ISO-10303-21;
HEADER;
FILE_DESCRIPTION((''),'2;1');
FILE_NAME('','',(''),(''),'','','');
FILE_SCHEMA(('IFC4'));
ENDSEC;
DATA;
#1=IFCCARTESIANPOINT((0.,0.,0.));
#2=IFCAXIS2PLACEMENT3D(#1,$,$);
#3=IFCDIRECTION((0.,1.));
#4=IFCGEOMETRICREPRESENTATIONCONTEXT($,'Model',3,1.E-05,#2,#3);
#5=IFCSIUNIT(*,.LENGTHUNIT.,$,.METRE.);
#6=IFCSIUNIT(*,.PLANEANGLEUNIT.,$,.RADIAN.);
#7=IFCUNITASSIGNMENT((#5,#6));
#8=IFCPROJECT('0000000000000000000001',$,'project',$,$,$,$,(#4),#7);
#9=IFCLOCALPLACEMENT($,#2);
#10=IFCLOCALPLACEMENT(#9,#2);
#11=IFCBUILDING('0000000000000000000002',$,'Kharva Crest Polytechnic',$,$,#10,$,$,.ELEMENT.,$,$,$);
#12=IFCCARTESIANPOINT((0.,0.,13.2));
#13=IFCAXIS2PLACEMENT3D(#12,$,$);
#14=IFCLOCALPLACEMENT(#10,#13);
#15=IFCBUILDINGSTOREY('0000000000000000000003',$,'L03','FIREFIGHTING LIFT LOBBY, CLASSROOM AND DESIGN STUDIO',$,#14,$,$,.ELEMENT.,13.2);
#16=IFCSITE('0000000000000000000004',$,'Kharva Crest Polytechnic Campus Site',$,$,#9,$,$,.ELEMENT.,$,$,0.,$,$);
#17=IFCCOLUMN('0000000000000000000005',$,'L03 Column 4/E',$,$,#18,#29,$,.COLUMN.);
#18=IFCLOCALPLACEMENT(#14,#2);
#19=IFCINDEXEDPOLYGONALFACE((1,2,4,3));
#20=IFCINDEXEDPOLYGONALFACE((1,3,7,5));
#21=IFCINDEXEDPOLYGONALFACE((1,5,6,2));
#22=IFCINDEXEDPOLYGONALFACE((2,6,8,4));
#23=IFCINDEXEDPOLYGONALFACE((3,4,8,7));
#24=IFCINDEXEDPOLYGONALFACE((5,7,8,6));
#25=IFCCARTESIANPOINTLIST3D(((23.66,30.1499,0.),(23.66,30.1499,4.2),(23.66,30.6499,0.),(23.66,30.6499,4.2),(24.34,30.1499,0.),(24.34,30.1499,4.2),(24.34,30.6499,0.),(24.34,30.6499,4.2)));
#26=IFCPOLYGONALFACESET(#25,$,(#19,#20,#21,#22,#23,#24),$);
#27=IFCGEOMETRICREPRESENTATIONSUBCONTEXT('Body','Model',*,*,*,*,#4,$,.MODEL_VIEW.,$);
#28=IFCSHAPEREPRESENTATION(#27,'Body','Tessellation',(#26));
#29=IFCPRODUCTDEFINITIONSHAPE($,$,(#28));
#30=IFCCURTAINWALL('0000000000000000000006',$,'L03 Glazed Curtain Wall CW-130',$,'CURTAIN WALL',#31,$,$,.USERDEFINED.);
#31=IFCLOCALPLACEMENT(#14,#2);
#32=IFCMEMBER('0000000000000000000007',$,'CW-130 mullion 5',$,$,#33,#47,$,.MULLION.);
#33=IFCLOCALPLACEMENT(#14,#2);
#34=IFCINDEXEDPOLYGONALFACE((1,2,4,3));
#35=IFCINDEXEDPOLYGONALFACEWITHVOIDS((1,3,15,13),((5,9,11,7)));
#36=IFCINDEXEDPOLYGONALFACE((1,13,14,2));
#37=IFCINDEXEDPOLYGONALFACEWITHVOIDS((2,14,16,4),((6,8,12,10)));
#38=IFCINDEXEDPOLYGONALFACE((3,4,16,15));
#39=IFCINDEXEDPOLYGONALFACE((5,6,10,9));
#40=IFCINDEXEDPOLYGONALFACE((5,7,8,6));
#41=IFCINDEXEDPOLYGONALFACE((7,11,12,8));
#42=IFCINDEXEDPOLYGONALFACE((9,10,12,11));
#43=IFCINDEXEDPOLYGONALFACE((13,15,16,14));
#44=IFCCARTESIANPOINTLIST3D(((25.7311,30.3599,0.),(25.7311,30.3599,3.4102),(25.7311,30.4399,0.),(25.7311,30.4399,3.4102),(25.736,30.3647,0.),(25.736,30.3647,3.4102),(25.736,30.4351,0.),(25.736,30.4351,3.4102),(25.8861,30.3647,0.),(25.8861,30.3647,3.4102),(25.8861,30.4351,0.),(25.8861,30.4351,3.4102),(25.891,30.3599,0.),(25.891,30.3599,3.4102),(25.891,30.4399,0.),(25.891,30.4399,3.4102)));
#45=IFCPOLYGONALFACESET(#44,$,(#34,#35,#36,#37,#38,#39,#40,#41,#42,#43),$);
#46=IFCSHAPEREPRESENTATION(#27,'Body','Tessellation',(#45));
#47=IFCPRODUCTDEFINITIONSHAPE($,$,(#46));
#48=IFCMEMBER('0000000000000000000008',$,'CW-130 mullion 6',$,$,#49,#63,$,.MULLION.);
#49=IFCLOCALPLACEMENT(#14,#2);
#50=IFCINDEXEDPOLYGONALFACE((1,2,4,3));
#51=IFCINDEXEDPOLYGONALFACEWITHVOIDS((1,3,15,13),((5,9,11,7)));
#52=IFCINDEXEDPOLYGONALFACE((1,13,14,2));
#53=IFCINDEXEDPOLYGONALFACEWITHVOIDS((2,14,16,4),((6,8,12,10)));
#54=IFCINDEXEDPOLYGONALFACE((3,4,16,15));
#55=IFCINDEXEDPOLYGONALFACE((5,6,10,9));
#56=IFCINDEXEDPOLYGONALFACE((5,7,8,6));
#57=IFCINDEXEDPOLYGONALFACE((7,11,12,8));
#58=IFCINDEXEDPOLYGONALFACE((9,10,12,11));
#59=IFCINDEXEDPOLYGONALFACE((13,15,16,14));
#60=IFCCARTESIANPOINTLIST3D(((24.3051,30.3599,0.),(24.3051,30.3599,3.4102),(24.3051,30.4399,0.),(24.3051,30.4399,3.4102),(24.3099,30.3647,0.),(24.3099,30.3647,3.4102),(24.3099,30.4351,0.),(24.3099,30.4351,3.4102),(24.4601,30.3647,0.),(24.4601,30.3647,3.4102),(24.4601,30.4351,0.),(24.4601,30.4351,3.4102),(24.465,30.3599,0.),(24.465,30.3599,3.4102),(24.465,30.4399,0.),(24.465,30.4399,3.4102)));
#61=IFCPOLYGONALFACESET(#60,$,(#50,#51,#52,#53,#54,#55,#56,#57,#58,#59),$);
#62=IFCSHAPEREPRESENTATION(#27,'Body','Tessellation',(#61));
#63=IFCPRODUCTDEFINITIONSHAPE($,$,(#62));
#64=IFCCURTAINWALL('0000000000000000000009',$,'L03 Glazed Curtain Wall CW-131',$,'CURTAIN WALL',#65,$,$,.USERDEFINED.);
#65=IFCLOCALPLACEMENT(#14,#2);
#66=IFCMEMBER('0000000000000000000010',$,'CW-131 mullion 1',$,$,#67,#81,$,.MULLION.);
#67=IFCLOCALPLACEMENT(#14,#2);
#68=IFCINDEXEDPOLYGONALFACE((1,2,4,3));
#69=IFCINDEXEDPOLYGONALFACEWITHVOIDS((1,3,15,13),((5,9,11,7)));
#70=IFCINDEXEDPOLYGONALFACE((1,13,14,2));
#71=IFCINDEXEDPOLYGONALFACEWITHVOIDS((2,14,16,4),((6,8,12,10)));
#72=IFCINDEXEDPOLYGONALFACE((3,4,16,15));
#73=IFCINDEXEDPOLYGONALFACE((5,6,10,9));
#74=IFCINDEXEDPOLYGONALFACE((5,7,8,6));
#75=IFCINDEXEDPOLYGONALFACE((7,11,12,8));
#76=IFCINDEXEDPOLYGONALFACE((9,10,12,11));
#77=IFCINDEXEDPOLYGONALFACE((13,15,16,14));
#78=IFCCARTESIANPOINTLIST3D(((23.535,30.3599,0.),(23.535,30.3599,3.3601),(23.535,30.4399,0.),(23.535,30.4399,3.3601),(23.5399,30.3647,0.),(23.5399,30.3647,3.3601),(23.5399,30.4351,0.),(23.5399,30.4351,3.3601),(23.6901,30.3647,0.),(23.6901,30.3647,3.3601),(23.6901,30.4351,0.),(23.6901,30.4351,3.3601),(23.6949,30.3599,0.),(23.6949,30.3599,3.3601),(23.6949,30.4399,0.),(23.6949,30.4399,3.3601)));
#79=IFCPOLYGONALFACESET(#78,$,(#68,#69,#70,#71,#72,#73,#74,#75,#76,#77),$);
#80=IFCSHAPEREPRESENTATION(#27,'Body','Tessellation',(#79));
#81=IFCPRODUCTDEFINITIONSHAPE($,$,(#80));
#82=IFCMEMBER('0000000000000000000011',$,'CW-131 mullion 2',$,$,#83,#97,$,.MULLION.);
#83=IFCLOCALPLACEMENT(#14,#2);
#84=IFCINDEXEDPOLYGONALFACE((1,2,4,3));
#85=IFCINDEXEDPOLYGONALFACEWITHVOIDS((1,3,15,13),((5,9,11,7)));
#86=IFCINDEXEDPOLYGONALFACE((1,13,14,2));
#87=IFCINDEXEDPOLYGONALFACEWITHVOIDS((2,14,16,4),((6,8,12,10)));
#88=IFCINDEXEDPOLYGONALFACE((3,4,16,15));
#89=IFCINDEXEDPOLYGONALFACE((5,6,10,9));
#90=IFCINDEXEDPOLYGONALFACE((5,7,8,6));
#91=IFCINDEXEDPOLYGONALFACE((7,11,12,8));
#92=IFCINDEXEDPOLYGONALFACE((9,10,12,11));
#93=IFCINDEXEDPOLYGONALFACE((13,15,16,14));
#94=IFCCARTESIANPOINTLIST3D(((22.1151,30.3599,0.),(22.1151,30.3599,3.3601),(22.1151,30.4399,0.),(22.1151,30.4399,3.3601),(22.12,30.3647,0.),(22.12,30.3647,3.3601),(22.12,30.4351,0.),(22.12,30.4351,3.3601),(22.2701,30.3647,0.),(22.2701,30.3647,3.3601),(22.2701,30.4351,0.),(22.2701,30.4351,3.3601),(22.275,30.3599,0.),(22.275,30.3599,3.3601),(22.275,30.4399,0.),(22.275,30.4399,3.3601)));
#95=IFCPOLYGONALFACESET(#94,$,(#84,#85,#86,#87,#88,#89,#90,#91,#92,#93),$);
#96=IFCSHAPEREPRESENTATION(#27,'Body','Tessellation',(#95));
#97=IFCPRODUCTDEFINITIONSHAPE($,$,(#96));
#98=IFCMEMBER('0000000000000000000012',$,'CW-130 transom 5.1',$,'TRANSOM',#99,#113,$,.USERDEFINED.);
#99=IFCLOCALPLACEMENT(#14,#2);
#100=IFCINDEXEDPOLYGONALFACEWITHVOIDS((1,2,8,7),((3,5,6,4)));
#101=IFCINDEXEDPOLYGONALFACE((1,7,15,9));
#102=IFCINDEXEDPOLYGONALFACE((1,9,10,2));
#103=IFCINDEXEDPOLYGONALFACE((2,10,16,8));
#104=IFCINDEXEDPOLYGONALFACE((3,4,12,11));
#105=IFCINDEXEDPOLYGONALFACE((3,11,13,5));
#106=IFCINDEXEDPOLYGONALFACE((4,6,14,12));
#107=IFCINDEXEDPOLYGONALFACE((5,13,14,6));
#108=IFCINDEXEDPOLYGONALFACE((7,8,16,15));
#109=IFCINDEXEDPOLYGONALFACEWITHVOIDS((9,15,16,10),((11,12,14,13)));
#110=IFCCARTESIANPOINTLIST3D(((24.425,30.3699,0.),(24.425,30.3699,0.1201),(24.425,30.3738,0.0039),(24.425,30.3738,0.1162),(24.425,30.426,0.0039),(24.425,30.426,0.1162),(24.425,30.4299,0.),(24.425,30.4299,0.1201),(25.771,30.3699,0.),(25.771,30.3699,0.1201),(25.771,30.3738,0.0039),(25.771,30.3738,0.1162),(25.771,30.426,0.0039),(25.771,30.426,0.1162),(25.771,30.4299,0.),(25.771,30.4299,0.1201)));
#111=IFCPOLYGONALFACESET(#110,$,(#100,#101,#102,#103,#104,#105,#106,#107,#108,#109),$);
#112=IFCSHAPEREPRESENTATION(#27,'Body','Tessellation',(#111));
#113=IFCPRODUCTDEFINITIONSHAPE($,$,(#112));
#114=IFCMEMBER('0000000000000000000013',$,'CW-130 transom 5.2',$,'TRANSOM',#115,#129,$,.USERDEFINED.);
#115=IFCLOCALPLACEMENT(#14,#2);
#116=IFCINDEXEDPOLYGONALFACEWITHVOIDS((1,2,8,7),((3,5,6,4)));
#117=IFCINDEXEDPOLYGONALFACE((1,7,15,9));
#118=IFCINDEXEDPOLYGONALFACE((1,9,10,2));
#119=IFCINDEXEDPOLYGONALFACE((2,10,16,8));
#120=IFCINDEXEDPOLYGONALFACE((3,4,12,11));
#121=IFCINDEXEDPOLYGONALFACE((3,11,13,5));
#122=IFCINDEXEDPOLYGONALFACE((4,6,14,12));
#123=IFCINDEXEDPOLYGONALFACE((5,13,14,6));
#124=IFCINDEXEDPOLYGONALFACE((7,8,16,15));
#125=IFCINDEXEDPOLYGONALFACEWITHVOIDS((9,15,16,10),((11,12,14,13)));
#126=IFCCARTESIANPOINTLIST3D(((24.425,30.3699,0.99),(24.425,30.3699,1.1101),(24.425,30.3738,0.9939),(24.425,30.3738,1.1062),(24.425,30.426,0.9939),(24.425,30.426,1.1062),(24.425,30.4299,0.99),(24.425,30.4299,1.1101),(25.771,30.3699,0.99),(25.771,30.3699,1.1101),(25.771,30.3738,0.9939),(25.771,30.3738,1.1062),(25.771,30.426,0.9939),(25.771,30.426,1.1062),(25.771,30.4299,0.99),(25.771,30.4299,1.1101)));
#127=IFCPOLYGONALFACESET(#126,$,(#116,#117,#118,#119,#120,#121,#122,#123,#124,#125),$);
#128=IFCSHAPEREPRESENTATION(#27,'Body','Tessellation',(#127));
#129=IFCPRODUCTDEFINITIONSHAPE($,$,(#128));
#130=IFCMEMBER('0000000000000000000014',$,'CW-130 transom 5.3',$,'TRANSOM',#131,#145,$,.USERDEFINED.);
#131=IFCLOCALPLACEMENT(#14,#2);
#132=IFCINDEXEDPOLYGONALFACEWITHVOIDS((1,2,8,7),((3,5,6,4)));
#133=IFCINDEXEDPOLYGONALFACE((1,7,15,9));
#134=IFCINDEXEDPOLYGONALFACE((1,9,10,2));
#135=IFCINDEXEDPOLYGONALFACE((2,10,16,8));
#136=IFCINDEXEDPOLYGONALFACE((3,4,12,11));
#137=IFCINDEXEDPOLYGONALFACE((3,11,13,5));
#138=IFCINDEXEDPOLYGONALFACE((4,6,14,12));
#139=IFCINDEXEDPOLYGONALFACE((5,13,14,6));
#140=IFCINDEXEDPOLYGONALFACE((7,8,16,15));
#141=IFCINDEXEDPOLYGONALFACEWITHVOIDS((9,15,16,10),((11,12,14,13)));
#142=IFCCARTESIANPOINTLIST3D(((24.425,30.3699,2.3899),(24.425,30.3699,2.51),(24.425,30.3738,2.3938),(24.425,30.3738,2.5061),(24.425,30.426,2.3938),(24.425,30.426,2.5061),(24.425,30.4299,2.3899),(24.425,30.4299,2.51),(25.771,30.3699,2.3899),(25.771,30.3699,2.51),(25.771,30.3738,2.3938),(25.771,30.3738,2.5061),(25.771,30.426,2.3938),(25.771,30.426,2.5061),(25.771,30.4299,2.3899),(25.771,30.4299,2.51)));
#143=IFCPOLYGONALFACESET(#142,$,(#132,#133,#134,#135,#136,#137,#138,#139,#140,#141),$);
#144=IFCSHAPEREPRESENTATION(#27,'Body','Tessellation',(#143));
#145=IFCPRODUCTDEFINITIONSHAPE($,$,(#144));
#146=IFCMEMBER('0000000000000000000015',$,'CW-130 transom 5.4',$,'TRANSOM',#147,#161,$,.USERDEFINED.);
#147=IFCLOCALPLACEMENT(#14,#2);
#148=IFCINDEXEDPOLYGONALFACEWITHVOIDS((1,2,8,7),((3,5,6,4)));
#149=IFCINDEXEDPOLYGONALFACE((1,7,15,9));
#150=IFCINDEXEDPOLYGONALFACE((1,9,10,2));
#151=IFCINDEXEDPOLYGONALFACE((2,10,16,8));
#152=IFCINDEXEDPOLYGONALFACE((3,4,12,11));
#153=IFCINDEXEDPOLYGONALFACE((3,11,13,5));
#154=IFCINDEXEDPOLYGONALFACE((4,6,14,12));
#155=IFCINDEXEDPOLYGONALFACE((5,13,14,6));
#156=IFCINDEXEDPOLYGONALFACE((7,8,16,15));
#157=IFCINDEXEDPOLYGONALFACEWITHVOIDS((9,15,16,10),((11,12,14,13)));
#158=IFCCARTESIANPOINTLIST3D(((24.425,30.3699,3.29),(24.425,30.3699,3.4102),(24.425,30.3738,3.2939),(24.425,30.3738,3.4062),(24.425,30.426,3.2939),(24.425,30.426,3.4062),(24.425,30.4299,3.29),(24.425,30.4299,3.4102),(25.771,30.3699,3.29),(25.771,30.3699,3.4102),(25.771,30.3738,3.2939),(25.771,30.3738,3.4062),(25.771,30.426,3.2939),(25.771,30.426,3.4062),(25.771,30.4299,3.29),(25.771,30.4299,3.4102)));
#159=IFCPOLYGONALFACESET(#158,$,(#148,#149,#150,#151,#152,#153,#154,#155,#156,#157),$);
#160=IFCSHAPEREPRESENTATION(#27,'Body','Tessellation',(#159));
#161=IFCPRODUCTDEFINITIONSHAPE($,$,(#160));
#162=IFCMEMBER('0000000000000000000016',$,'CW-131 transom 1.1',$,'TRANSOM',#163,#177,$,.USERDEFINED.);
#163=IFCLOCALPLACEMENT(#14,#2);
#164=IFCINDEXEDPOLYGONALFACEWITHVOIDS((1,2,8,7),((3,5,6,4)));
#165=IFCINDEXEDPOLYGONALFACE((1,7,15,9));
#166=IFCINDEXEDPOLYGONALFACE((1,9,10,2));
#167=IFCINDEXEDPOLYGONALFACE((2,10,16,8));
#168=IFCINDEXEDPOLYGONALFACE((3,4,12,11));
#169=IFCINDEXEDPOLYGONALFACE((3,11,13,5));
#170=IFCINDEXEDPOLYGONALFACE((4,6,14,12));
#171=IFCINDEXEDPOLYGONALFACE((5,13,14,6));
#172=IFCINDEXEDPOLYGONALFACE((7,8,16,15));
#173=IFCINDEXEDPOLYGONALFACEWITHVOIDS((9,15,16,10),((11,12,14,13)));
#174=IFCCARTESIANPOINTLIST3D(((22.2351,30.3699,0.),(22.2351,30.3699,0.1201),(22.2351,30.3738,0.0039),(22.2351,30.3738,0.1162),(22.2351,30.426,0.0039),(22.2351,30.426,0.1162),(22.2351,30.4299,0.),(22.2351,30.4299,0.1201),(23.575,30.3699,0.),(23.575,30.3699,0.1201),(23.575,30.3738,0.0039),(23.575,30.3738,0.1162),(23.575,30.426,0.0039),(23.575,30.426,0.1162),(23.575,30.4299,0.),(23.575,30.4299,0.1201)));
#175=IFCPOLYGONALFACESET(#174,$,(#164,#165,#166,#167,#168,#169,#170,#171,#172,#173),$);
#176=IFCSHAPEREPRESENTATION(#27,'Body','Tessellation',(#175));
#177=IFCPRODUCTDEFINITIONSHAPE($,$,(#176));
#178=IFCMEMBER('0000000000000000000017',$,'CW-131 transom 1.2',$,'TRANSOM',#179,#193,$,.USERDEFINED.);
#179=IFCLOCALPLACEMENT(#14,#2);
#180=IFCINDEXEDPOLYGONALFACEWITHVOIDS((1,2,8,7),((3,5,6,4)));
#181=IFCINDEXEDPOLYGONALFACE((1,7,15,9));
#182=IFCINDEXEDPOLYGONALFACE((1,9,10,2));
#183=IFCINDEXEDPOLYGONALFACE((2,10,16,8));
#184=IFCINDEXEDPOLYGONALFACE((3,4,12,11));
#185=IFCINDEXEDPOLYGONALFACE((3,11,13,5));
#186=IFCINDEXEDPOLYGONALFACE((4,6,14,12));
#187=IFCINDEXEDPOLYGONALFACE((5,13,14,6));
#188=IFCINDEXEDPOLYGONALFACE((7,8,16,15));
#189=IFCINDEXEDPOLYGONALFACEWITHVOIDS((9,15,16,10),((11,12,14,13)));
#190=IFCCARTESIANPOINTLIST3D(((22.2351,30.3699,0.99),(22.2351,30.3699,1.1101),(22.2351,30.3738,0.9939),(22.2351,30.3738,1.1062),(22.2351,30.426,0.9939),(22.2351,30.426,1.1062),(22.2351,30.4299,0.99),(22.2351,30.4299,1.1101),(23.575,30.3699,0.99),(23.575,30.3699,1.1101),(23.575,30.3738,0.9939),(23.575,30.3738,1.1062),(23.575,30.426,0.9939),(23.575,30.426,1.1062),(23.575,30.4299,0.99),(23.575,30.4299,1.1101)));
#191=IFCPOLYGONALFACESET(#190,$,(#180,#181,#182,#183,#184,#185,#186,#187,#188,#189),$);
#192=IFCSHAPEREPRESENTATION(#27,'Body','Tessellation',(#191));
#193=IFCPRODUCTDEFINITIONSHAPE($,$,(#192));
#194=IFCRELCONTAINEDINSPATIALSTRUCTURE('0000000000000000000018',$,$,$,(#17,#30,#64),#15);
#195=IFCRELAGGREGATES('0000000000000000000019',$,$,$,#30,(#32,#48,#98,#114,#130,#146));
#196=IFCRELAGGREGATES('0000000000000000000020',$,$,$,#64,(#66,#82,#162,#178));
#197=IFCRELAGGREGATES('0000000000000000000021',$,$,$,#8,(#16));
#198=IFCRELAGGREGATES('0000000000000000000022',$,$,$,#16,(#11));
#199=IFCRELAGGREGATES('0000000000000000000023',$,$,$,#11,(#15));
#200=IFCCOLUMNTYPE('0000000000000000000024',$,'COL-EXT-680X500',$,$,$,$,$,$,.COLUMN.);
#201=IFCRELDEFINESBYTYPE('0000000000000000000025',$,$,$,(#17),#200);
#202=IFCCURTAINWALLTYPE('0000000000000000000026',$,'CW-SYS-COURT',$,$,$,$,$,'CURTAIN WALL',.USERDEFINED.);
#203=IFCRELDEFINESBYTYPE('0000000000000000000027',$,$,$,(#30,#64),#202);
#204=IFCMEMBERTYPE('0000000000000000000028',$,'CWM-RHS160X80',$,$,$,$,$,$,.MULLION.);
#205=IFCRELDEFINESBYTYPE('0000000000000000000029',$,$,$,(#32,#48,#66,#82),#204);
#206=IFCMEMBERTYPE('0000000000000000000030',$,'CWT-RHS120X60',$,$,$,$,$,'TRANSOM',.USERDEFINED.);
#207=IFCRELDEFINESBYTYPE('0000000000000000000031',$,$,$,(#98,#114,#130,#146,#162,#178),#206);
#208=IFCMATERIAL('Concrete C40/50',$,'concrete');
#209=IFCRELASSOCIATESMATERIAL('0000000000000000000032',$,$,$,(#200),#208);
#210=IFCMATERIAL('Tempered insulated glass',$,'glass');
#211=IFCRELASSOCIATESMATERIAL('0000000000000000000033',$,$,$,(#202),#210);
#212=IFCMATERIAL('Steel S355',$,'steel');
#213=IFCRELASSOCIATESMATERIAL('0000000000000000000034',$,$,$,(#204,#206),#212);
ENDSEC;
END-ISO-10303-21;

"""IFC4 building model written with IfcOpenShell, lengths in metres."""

from ifc_helpers import new_model, si_unit, direction, frame, origin, origin_2d, place, context, subcontext, project, spatial, rectangle, hollow_rectangle, extrude, material, material_profile, profile_set, type_object, element, aggregate, save


model = new_model("IFC4")

# Units and contexts
model_context = context("Model", 3, precision=1e-05, world=origin(), true_north=direction((0.0, 1.0)))
body_context = subcontext(model_context, "Body", "Model", "MODEL_VIEW")
ifc_project = project(units=[si_unit("LENGTHUNIT", "METRE"), si_unit("PLANEANGLEUNIT", "RADIAN")], contexts=[model_context])

# Site, building, storey
site_placement = place(None, origin())
site = spatial("IfcSite", under=ifc_project, at=site_placement, Name="Kharva Crest Polytechnic Campus Site", CompositionType="ELEMENT", RefElevation=0.0)
building_placement = place(site_placement, origin())
building = spatial("IfcBuilding", under=site, at=building_placement, Name="Kharva Crest Polytechnic", CompositionType="ELEMENT")
storey_placement = place(building_placement, frame((0.0, 0.0, 13.2)))
storey = spatial("IfcBuildingStorey", under=building, at=storey_placement, Name="L03", Description="FIREFIGHTING LIFT LOBBY, CLASSROOM AND DESIGN STUDIO", CompositionType="ELEMENT", Elevation=13.2)

# Column
ifc_material_1 = material(Name="Concrete C40/50", Category="concrete")
ifc_material_profile_1 = material_profile(ifc_material_1, rectangle(XDim=0.6799, YDim=0.5, at=origin_2d()), Name="RECT 680 X 500")
ifc_profile_set_1 = profile_set([ifc_material_profile_1], Name="Concrete C40/50")
column_type = type_object("IfcColumnType", Name="COL-EXT-680X500", PredefinedType="COLUMN", material=ifc_profile_set_1)
column_placement = place(storey_placement, frame((24.0, 30.3999, 0.0), z_axis=(0.0, 0.0, 1.0), x_axis=(1.0, 0.0, 0.0)))
element("IfcColumn", 1, at=column_placement, inside=storey, type_object=column_type, Name="L03 Column 4/E", PredefinedType="COLUMN", context=body_context, shape_type="SweptSolid", body=[
    extrude(rectangle(XDim=0.6799, YDim=0.5, at=origin_2d()), origin(), (0.0, 0.0, 1.0), 4.2),
])

# Curtain walls, members
ifc_material_2 = material(Name="Tempered insulated glass", Category="glass")
curtain_wall_type = type_object("IfcCurtainWallType", Name="CW-SYS-COURT", ElementType="CURTAIN WALL", PredefinedType="USERDEFINED", material=ifc_material_2)
curtain_wall_1_placement = place(storey_placement, origin())
curtain_wall_1 = element("IfcCurtainWall", 2, at=curtain_wall_1_placement, inside=storey, type_object=curtain_wall_type, Name="L03 Glazed Curtain Wall CW-130", ObjectType="CURTAIN WALL", PredefinedType="USERDEFINED")
ifc_material_3 = material(Name="Steel S355", Category="steel")
ifc_material_profile_2 = material_profile(ifc_material_3, hollow_rectangle(XDim=0.0801, YDim=0.1599, WallThickness=0.0049, at=origin_2d()), Name="RHS 160X80X5.0")
ifc_profile_set_2 = profile_set([ifc_material_profile_2], Name="Steel S355")
member_type_1 = type_object("IfcMemberType", Name="CWM-RHS160X80", PredefinedType="MULLION", material=ifc_profile_set_2)
member_1_placement = place(storey_placement, frame((25.811, 30.3999, 0.0), z_axis=(0.0, 0.0, 1.0), x_axis=(0.0, -1.0, 0.0)))
member_1 = element("IfcMember", 3, at=member_1_placement, type_object=member_type_1, Name="CW-130 mullion 5", PredefinedType="MULLION", context=body_context, shape_type="SweptSolid", body=[
    extrude(hollow_rectangle(XDim=0.0801, YDim=0.1599, WallThickness=0.0049, at=origin_2d()), origin(), (0.0, 0.0, 1.0), 3.4102),
])
member_2_placement = place(storey_placement, frame((24.385, 30.3999, 0.0), z_axis=(0.0, 0.0, 1.0), x_axis=(0.0, -1.0, 0.0)))
member_2 = element("IfcMember", 4, at=member_2_placement, type_object=member_type_1, Name="CW-130 mullion 6", PredefinedType="MULLION", context=body_context, shape_type="SweptSolid", body=[
    extrude(hollow_rectangle(XDim=0.0801, YDim=0.1599, WallThickness=0.0049, at=origin_2d()), origin(), (0.0, 0.0, 1.0), 3.4102),
])
curtain_wall_2_placement = place(storey_placement, origin())
curtain_wall_2 = element("IfcCurtainWall", 5, at=curtain_wall_2_placement, inside=storey, type_object=curtain_wall_type, Name="L03 Glazed Curtain Wall CW-131", ObjectType="CURTAIN WALL", PredefinedType="USERDEFINED")
member_3_placement = place(storey_placement, frame((23.615, 30.3999, 0.0), z_axis=(0.0, 0.0, 1.0), x_axis=(0.0, -1.0, 0.0)))
member_3 = element("IfcMember", 6, at=member_3_placement, type_object=member_type_1, Name="CW-131 mullion 1", PredefinedType="MULLION", context=body_context, shape_type="SweptSolid", body=[
    extrude(hollow_rectangle(XDim=0.0801, YDim=0.1599, WallThickness=0.0049, at=origin_2d()), origin(), (0.0, 0.0, 1.0), 3.3601),
])
member_4_placement = place(storey_placement, frame((22.1951, 30.3999, 0.0), z_axis=(0.0, 0.0, 1.0), x_axis=(0.0, -1.0, 0.0)))
member_4 = element("IfcMember", 7, at=member_4_placement, type_object=member_type_1, Name="CW-131 mullion 2", PredefinedType="MULLION", context=body_context, shape_type="SweptSolid", body=[
    extrude(hollow_rectangle(XDim=0.0801, YDim=0.1599, WallThickness=0.0049, at=origin_2d()), origin(), (0.0, 0.0, 1.0), 3.3601),
])

# Members
ifc_material_profile_3 = material_profile(ifc_material_3, hollow_rectangle(XDim=0.0601, YDim=0.1201, WallThickness=0.0039, at=origin_2d()), Name="RHS 120X60X4.0")
ifc_profile_set_3 = profile_set([ifc_material_profile_3], Name="Steel S355")
member_type_2 = type_object("IfcMemberType", Name="CWT-RHS120X60", ElementType="TRANSOM", PredefinedType="USERDEFINED", material=ifc_profile_set_3)
member_5_placement = place(storey_placement, frame((25.771, 30.3999, 0.0601), z_axis=(-1.0, 0.0, 0.0), x_axis=(0.0, -1.0, 0.0)))
member_5 = element("IfcMember", 8, at=member_5_placement, type_object=member_type_2, Name="CW-130 transom 5.1", ObjectType="TRANSOM", PredefinedType="USERDEFINED", context=body_context, shape_type="SweptSolid", body=[
    extrude(hollow_rectangle(XDim=0.0601, YDim=0.1201, WallThickness=0.0039, at=origin_2d()), origin(), (0.0, 0.0, 1.0), 1.3459),
])
member_6_placement = place(storey_placement, frame((25.771, 30.3999, 1.05), z_axis=(-1.0, 0.0, 0.0), x_axis=(0.0, -1.0, 0.0)))
member_6 = element("IfcMember", 9, at=member_6_placement, type_object=member_type_2, Name="CW-130 transom 5.2", ObjectType="TRANSOM", PredefinedType="USERDEFINED", context=body_context, shape_type="SweptSolid", body=[
    extrude(hollow_rectangle(XDim=0.0601, YDim=0.1201, WallThickness=0.0039, at=origin_2d()), origin(), (0.0, 0.0, 1.0), 1.3459),
])
member_7_placement = place(storey_placement, frame((25.771, 30.3999, 2.45), z_axis=(-1.0, 0.0, 0.0), x_axis=(0.0, -1.0, 0.0)))
member_7 = element("IfcMember", 10, at=member_7_placement, type_object=member_type_2, Name="CW-130 transom 5.3", ObjectType="TRANSOM", PredefinedType="USERDEFINED", context=body_context, shape_type="SweptSolid", body=[
    extrude(hollow_rectangle(XDim=0.0601, YDim=0.1201, WallThickness=0.0039, at=origin_2d()), origin(), (0.0, 0.0, 1.0), 1.3459),
])
member_8_placement = place(storey_placement, frame((25.771, 30.3999, 3.3501), z_axis=(-1.0, 0.0, 0.0), x_axis=(0.0, -1.0, 0.0)))
member_8 = element("IfcMember", 11, at=member_8_placement, type_object=member_type_2, Name="CW-130 transom 5.4", ObjectType="TRANSOM", PredefinedType="USERDEFINED", context=body_context, shape_type="SweptSolid", body=[
    extrude(hollow_rectangle(XDim=0.0601, YDim=0.1201, WallThickness=0.0039, at=origin_2d()), origin(), (0.0, 0.0, 1.0), 1.3459),
])
member_9_placement = place(storey_placement, frame((23.575, 30.3999, 0.0601), z_axis=(-1.0, 0.0, 0.0), x_axis=(0.0, -1.0, 0.0)))
member_9 = element("IfcMember", 12, at=member_9_placement, type_object=member_type_2, Name="CW-131 transom 1.1", ObjectType="TRANSOM", PredefinedType="USERDEFINED", context=body_context, shape_type="SweptSolid", body=[
    extrude(hollow_rectangle(XDim=0.0601, YDim=0.1201, WallThickness=0.0039, at=origin_2d()), origin(), (0.0, 0.0, 1.0), 1.3398),
])
member_10_placement = place(storey_placement, frame((23.575, 30.3999, 1.05), z_axis=(-1.0, 0.0, 0.0), x_axis=(0.0, -1.0, 0.0)))
member_10 = element("IfcMember", 13, at=member_10_placement, type_object=member_type_2, Name="CW-131 transom 1.2", ObjectType="TRANSOM", PredefinedType="USERDEFINED", context=body_context, shape_type="SweptSolid", body=[
    extrude(hollow_rectangle(XDim=0.0601, YDim=0.1201, WallThickness=0.0039, at=origin_2d()), origin(), (0.0, 0.0, 1.0), 1.3398),
])

aggregate(curtain_wall_1, [member_1, member_2, member_5, member_6, member_7, member_8])
aggregate(curtain_wall_2, [member_3, member_4, member_9, member_10])

save(model, "model.ifc")
